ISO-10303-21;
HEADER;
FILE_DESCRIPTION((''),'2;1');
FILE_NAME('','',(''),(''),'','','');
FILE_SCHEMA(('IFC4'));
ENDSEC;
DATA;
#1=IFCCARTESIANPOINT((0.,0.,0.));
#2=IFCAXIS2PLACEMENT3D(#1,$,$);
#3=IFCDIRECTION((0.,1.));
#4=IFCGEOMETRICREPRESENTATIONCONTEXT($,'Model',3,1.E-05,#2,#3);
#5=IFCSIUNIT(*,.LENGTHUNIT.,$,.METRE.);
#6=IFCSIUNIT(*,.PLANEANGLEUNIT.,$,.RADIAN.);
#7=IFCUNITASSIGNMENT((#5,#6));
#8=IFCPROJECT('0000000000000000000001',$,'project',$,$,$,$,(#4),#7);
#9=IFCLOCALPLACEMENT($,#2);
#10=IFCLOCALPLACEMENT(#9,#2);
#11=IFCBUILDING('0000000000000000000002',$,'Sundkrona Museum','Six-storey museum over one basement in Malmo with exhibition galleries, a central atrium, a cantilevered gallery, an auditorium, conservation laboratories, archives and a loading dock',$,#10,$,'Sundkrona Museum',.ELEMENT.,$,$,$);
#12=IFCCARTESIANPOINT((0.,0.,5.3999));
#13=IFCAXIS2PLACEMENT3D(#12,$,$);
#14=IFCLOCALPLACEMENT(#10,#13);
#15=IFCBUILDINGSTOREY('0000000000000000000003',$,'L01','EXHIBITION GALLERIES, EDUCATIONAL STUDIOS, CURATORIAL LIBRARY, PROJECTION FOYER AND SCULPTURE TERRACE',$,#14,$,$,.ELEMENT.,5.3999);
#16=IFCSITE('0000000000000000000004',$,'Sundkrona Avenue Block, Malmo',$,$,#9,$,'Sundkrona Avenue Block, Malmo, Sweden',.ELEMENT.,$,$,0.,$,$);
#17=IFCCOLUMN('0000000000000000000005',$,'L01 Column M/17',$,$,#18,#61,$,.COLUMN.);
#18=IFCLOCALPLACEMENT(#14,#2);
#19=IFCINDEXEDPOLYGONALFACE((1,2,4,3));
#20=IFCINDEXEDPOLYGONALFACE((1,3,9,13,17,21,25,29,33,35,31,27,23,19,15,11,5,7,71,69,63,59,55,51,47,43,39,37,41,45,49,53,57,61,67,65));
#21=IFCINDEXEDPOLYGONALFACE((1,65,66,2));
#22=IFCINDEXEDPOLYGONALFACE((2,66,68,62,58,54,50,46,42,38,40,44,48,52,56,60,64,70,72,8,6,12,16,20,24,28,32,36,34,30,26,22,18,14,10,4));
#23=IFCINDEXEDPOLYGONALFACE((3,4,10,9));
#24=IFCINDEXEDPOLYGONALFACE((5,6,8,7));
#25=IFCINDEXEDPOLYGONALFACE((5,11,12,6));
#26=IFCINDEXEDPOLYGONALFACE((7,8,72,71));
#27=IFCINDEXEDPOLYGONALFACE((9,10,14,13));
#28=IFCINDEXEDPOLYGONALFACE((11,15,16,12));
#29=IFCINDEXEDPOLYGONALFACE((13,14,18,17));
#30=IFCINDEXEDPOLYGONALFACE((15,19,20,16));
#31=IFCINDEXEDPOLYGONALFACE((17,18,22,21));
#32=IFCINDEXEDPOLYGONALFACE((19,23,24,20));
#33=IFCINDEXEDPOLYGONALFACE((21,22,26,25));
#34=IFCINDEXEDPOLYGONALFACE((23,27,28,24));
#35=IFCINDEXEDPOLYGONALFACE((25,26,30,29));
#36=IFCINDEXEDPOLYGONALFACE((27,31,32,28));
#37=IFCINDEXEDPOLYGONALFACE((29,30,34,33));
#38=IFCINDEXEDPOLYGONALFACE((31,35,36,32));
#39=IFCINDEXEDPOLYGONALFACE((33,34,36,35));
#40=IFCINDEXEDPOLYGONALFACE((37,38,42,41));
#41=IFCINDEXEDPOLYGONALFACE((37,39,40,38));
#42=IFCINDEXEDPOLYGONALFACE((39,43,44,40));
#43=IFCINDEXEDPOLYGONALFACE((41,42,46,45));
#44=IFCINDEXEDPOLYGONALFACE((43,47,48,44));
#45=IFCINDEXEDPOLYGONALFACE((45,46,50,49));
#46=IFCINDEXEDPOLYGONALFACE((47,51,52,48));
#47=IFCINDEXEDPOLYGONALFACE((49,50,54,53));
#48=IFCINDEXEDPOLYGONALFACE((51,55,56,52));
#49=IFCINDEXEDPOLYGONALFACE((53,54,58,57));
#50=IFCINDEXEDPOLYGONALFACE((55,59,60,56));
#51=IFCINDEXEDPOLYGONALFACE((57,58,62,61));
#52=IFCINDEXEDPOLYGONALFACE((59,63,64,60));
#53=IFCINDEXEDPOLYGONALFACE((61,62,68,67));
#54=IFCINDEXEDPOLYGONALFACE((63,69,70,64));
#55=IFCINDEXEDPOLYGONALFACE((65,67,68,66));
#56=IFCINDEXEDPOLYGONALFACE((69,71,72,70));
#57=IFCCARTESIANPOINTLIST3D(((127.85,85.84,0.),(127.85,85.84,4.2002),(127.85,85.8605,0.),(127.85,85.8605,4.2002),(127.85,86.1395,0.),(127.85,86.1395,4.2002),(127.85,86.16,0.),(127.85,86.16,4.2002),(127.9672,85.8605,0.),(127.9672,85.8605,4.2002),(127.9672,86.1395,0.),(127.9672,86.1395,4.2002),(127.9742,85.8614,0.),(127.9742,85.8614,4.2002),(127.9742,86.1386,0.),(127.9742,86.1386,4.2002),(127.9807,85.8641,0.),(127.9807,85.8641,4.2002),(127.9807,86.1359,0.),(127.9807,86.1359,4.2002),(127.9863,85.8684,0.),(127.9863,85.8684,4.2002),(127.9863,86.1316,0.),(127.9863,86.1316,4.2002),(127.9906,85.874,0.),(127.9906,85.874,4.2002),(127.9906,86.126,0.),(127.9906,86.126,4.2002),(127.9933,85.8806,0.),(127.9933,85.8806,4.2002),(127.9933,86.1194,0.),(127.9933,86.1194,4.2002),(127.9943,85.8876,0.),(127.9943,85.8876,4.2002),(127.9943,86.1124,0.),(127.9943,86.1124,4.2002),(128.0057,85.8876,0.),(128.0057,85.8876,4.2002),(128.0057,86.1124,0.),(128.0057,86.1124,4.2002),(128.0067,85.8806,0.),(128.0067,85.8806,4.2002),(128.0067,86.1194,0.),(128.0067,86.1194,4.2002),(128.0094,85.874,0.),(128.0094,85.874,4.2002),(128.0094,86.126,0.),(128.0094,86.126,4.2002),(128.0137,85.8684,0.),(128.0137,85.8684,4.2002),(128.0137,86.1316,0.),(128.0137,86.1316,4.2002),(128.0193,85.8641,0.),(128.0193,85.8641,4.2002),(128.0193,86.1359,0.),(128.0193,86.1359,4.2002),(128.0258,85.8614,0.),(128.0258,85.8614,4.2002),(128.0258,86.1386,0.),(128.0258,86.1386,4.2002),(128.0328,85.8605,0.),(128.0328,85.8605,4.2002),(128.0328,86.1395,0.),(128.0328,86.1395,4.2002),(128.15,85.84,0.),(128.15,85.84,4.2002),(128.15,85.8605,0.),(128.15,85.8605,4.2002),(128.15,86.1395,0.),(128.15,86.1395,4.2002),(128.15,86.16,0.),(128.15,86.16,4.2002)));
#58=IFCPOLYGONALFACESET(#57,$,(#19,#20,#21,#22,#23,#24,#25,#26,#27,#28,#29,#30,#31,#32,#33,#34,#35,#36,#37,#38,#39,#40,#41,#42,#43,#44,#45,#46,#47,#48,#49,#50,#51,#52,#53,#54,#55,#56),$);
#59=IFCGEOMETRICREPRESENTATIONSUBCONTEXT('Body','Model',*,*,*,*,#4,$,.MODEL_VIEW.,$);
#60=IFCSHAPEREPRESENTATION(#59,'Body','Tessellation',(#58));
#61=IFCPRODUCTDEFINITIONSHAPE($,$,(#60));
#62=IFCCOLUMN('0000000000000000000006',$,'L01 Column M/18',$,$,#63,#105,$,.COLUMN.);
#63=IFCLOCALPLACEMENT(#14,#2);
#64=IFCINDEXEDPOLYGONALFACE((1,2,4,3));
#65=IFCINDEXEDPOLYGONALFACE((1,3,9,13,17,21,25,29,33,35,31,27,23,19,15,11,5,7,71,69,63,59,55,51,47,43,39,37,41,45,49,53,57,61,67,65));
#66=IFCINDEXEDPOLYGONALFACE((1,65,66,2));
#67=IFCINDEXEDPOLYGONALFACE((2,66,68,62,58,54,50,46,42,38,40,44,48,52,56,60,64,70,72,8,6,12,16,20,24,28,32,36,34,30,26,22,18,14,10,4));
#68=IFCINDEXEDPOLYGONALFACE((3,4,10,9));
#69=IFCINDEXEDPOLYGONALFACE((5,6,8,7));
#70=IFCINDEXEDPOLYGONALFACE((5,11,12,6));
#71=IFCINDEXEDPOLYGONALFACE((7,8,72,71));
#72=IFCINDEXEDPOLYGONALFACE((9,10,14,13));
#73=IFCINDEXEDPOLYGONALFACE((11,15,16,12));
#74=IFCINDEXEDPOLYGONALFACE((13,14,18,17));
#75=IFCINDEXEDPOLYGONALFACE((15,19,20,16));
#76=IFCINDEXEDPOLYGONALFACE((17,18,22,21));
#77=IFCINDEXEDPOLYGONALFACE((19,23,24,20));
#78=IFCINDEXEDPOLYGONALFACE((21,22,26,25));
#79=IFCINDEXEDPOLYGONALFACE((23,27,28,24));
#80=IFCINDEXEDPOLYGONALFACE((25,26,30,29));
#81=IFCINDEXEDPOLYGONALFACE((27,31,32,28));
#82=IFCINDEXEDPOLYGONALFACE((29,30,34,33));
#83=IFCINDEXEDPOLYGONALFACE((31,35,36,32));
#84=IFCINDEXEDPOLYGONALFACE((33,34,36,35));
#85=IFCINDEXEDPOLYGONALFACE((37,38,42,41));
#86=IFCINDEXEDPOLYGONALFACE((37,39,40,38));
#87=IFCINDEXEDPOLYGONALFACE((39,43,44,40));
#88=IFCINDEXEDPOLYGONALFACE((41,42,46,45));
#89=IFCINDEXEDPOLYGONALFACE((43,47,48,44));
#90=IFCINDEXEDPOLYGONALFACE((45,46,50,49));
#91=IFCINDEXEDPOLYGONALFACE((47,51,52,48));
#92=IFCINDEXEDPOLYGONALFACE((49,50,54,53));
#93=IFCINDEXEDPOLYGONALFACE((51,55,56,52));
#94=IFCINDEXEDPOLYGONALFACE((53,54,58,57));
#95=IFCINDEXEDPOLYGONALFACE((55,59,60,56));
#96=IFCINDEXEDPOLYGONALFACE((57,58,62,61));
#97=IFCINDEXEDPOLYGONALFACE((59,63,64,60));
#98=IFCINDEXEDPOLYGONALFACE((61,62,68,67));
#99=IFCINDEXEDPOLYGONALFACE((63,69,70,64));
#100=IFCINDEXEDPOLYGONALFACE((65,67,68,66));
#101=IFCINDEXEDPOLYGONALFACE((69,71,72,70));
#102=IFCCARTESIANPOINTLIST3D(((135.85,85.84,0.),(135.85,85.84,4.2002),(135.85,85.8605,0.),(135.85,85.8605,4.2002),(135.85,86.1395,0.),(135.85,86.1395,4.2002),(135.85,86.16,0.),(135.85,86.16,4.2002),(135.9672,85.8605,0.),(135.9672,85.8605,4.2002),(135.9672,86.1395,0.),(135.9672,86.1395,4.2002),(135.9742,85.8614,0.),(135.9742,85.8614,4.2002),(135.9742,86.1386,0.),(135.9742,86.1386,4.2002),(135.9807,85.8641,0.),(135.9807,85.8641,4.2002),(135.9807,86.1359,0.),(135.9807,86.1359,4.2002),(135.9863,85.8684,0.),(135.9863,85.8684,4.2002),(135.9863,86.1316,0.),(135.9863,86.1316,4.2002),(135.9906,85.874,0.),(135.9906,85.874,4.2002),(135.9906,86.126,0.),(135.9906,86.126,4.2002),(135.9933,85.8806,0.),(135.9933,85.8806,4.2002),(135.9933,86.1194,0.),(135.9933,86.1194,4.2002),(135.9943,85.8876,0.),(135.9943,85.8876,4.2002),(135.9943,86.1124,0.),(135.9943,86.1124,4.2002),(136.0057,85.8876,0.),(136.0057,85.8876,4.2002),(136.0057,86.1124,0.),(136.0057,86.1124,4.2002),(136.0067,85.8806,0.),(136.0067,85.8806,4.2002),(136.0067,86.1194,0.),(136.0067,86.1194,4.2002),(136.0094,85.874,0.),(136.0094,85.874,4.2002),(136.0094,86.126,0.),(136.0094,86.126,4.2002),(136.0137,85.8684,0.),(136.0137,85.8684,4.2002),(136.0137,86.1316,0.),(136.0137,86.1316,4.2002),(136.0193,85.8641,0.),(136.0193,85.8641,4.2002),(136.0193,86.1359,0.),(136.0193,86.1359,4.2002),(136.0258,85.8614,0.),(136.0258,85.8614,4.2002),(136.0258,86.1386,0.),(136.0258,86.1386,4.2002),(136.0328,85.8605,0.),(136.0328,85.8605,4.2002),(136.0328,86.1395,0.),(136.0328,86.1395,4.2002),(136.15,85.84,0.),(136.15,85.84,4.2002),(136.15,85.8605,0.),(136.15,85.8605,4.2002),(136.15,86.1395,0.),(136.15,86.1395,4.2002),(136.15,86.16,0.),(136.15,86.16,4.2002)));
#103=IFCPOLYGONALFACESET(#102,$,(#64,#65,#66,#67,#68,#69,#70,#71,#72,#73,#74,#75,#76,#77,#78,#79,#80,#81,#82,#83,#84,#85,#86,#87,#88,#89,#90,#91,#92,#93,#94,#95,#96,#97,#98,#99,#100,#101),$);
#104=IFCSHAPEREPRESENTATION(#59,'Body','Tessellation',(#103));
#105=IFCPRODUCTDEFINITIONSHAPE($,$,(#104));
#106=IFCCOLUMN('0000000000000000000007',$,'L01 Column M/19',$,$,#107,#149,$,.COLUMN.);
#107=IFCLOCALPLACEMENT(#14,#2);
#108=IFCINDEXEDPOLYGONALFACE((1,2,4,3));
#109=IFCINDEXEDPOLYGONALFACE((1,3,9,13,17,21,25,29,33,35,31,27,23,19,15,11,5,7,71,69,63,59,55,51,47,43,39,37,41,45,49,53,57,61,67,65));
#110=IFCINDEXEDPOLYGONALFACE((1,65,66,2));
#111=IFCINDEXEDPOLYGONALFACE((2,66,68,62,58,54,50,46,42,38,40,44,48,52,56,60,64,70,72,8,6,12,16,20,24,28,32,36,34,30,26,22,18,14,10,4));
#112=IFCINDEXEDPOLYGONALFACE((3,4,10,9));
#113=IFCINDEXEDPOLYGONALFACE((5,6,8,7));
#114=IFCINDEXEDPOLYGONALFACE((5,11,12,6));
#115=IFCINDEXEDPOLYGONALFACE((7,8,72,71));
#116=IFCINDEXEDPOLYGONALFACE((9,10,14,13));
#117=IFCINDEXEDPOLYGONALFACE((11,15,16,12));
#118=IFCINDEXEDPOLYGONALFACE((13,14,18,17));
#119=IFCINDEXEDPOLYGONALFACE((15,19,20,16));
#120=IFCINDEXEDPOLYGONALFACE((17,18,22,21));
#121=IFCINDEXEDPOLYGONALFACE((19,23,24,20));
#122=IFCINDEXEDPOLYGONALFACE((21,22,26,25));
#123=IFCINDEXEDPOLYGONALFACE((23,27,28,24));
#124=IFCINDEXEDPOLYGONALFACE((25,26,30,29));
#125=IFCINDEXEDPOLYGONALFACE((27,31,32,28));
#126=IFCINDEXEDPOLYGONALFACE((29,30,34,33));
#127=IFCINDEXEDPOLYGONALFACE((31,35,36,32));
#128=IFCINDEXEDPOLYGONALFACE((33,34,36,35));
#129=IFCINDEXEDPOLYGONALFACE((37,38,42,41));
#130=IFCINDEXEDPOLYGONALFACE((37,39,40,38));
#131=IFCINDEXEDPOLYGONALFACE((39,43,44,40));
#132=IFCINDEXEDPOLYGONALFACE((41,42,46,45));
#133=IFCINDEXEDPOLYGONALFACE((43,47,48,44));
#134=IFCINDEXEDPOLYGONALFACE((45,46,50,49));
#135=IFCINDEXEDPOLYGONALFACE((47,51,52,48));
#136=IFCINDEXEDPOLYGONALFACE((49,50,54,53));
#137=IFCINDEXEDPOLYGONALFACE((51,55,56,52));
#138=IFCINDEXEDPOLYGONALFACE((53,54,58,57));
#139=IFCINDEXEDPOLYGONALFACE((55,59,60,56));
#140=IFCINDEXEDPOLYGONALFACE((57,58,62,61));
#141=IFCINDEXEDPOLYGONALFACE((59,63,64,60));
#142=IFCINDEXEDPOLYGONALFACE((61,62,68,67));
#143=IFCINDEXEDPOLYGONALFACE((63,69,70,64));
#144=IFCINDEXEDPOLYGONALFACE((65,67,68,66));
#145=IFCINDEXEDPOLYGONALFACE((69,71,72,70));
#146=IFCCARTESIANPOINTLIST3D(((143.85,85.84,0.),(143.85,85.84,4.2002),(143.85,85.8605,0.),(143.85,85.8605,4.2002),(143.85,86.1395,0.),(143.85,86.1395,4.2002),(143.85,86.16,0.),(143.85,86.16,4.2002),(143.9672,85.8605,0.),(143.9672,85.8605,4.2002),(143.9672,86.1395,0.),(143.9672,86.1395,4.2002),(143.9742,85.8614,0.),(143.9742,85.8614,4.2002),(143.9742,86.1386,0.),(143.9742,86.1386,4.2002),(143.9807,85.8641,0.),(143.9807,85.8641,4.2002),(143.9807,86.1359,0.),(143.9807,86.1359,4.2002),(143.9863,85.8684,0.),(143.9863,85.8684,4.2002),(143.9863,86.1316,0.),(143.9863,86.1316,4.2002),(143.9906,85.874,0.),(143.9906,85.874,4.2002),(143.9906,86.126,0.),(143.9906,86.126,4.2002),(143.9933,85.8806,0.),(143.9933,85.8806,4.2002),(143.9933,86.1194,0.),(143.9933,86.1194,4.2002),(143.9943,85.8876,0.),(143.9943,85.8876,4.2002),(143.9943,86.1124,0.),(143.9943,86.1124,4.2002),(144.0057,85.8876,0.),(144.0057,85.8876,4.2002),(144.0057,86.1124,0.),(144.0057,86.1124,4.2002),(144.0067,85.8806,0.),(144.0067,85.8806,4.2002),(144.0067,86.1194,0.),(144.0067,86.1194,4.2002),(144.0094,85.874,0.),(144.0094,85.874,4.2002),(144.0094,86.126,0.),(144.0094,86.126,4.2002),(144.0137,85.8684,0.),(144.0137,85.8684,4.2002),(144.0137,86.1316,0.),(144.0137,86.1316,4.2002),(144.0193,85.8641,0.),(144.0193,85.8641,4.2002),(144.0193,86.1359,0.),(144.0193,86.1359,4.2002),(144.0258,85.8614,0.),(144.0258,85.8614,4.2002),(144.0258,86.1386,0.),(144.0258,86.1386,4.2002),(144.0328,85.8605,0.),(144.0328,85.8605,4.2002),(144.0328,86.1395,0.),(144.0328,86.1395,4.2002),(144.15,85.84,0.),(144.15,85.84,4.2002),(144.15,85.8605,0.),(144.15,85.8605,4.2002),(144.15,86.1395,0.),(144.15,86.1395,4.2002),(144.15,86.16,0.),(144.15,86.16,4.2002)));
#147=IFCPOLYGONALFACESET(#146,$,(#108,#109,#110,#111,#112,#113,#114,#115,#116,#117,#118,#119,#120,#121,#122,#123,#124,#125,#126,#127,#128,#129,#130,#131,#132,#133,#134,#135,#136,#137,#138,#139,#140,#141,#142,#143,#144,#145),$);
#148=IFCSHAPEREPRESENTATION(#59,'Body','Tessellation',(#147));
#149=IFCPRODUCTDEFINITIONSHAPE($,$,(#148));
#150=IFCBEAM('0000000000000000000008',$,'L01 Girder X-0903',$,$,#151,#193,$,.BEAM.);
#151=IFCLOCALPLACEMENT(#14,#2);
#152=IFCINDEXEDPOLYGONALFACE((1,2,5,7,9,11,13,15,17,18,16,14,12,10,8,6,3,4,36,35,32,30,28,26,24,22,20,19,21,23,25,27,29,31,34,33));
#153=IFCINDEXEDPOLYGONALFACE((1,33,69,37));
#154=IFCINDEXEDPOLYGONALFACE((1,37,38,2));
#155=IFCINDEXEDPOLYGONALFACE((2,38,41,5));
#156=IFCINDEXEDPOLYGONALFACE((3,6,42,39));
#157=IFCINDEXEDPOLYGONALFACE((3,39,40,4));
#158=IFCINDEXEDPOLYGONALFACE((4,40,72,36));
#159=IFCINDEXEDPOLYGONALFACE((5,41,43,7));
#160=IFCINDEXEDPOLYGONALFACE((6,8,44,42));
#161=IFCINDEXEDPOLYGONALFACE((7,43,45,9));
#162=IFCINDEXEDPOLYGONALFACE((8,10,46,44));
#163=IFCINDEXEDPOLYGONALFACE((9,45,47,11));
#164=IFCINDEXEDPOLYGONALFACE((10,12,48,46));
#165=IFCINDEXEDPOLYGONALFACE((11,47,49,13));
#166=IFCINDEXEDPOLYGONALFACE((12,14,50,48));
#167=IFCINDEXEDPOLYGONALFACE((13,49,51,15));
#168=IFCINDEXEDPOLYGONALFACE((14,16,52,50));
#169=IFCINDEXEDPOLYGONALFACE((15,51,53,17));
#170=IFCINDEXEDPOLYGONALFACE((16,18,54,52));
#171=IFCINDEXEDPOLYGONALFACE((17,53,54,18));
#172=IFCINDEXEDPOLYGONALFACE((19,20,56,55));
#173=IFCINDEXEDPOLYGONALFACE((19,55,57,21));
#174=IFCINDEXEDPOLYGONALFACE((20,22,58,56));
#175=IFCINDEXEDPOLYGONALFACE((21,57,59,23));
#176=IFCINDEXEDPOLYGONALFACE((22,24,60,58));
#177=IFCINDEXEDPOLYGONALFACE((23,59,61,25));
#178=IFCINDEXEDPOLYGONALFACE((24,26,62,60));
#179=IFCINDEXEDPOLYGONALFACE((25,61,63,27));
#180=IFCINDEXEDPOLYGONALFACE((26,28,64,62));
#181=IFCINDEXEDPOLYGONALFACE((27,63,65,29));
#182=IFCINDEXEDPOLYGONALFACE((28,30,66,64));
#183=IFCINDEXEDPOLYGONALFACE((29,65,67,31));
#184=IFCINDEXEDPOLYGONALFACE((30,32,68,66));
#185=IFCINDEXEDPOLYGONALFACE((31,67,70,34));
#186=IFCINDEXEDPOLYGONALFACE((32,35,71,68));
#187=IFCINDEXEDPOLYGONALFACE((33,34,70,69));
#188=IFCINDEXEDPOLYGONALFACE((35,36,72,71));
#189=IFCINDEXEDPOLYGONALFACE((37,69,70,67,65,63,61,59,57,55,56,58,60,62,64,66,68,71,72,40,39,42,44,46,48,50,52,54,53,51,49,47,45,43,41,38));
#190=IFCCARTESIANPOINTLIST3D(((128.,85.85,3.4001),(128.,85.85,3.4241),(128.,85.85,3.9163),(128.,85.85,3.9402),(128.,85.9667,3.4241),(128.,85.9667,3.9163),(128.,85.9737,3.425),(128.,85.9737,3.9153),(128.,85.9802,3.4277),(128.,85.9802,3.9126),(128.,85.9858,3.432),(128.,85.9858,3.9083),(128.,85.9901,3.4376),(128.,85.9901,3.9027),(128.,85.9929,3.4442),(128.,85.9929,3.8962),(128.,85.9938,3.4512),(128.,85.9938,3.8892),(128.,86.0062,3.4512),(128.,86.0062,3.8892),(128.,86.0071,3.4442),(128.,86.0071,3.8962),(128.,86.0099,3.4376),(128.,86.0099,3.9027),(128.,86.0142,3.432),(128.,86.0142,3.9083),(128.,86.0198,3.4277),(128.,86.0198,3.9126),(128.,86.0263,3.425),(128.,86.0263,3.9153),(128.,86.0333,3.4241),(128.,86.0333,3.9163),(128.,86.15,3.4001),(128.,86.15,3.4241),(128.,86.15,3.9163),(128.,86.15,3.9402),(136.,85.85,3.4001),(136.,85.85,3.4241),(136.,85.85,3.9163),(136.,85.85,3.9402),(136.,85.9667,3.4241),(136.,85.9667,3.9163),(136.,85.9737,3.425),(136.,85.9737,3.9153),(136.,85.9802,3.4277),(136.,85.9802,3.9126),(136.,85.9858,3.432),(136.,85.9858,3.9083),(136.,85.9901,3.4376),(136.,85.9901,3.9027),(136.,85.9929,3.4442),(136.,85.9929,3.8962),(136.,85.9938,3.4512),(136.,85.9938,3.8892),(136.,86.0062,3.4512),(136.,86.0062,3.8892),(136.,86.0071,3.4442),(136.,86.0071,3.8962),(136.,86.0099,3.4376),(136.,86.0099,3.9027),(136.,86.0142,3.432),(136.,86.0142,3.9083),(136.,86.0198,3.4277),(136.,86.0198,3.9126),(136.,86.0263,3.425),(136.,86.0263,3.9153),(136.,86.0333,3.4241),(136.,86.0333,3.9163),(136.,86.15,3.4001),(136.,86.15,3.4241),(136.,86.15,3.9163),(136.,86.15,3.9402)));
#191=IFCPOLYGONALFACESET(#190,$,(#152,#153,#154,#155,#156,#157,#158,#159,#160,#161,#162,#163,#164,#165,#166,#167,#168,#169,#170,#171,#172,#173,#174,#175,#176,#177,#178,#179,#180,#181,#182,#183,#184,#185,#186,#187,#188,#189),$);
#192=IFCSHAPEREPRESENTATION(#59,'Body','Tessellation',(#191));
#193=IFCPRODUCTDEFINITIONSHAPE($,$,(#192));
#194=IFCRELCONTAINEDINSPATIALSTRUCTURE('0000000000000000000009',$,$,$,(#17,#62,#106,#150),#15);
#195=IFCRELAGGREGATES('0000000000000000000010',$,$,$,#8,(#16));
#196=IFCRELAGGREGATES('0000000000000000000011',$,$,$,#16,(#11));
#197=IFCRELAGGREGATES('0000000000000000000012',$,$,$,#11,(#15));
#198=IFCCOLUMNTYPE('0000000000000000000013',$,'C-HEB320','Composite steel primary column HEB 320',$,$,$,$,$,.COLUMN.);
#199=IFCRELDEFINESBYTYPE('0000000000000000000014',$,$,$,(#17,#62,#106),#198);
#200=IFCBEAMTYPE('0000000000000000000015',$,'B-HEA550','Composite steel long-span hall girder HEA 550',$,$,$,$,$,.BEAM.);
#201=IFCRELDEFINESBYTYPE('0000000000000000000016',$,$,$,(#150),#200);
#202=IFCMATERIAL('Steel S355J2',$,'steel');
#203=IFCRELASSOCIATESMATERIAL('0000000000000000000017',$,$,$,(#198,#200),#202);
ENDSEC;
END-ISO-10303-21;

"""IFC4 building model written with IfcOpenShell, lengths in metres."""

from ifc_helpers import new_model, si_unit, direction, frame, origin, origin_2d, place, context, subcontext, project, spatial, i_section, extrude, material, material_profile, profile_set, type_object, element, save


model = new_model("IFC4")

# Units and contexts
model_context = context("Model", 3, precision=1e-05, world=origin(), true_north=direction((0.0, 1.0)))
body_context = subcontext(model_context, "Body", "Model", "MODEL_VIEW")
ifc_project = project(units=[si_unit("LENGTHUNIT", "METRE"), si_unit("PLANEANGLEUNIT", "RADIAN")], contexts=[model_context])

# Site, building, storey
site_placement = place(None, origin())
site = spatial("IfcSite", under=ifc_project, at=site_placement, Name="Sundkrona Avenue Block, Malmo", LongName="Sundkrona Avenue Block, Malmo, Sweden", CompositionType="ELEMENT", RefElevation=0.0)
building_placement = place(site_placement, origin())
building = spatial("IfcBuilding", under=site, at=building_placement, Name="Sundkrona Museum", Description="Six-storey museum over one basement in Malmo with exhibition galleries, a central atrium, a cantilevered gallery, an auditorium, conservation laboratories, archives and a loading dock", LongName="Sundkrona Museum", CompositionType="ELEMENT")
storey_placement = place(building_placement, frame((0.0, 0.0, 5.3999)))
storey = spatial("IfcBuildingStorey", under=building, at=storey_placement, Name="L01", Description="EXHIBITION GALLERIES, EDUCATIONAL STUDIOS, CURATORIAL LIBRARY, PROJECTION FOYER AND SCULPTURE TERRACE", CompositionType="ELEMENT", Elevation=5.3999)

# Columns
ifc_material_1 = material(Name="Steel S355J2", Category="steel")
ifc_material_profile_1 = material_profile(ifc_material_1, i_section(OverallWidth=0.3, OverallDepth=0.3201, WebThickness=0.0115, FlangeThickness=0.0205, FilletRadius=0.0271, at=origin_2d()), Name="HEB 320")
ifc_profile_set_1 = profile_set([ifc_material_profile_1], Name="Steel S355J2")
column_type = type_object("IfcColumnType", Name="C-HEB320", Description="Composite steel primary column HEB 320", PredefinedType="COLUMN", material=ifc_profile_set_1)
for number, where, z_axis, x_axis, name in (
    (1, (128.0, 86.0, 0.0), (0.0, 0.0, 1.0), (1.0, 0.0, 0.0), "L01 Column M/17"),
    (2, (136.0, 86.0, 0.0), (0.0, 0.0, 1.0), (1.0, 0.0, 0.0), "L01 Column M/18"),
    (3, (144.0, 86.0, 0.0), (0.0, 0.0, 1.0), (1.0, 0.0, 0.0), "L01 Column M/19"),
):
    element("IfcColumn", number, at=place(storey_placement, frame(where, z_axis=z_axis, x_axis=x_axis)), inside=storey, type_object=column_type, Name=name, PredefinedType="COLUMN", context=body_context, shape_type="SweptSolid", body=[
        extrude(i_section(OverallWidth=0.3, OverallDepth=0.3201, WebThickness=0.0115, FlangeThickness=0.0205, FilletRadius=0.0271, at=origin_2d()), origin(), (0.0, 0.0, 1.0), 4.2002),
    ])

# Beam
ifc_material_profile_2 = material_profile(ifc_material_1, i_section(OverallWidth=0.3, OverallDepth=0.54, WebThickness=0.0125, FlangeThickness=0.0239, FilletRadius=0.0271, at=origin_2d()), Name="HEA 550")
ifc_profile_set_2 = profile_set([ifc_material_profile_2], Name="Steel S355J2")
beam_type_1 = type_object("IfcBeamType", Name="B-HEA550", Description="Composite steel long-span hall girder HEA 550", PredefinedType="BEAM", material=ifc_profile_set_2)
for number, where, z_axis, x_axis, name in (
    (4, (128.0, 86.0, 3.6702), (1.0, 0.0, 0.0), (0.0, 1.0, 0.0), "L01 Girder X-0903"),
):
    element("IfcBeam", number, at=place(storey_placement, frame(where, z_axis=z_axis, x_axis=x_axis)), inside=storey, type_object=beam_type_1, Name=name, PredefinedType="BEAM", context=body_context, shape_type="SweptSolid", body=[
        extrude(i_section(OverallWidth=0.3, OverallDepth=0.54, WebThickness=0.0125, FlangeThickness=0.0239, FilletRadius=0.0271, at=origin_2d()), origin(), (0.0, 0.0, 1.0), 8.0),
    ])

save(model, "model.ifc")
